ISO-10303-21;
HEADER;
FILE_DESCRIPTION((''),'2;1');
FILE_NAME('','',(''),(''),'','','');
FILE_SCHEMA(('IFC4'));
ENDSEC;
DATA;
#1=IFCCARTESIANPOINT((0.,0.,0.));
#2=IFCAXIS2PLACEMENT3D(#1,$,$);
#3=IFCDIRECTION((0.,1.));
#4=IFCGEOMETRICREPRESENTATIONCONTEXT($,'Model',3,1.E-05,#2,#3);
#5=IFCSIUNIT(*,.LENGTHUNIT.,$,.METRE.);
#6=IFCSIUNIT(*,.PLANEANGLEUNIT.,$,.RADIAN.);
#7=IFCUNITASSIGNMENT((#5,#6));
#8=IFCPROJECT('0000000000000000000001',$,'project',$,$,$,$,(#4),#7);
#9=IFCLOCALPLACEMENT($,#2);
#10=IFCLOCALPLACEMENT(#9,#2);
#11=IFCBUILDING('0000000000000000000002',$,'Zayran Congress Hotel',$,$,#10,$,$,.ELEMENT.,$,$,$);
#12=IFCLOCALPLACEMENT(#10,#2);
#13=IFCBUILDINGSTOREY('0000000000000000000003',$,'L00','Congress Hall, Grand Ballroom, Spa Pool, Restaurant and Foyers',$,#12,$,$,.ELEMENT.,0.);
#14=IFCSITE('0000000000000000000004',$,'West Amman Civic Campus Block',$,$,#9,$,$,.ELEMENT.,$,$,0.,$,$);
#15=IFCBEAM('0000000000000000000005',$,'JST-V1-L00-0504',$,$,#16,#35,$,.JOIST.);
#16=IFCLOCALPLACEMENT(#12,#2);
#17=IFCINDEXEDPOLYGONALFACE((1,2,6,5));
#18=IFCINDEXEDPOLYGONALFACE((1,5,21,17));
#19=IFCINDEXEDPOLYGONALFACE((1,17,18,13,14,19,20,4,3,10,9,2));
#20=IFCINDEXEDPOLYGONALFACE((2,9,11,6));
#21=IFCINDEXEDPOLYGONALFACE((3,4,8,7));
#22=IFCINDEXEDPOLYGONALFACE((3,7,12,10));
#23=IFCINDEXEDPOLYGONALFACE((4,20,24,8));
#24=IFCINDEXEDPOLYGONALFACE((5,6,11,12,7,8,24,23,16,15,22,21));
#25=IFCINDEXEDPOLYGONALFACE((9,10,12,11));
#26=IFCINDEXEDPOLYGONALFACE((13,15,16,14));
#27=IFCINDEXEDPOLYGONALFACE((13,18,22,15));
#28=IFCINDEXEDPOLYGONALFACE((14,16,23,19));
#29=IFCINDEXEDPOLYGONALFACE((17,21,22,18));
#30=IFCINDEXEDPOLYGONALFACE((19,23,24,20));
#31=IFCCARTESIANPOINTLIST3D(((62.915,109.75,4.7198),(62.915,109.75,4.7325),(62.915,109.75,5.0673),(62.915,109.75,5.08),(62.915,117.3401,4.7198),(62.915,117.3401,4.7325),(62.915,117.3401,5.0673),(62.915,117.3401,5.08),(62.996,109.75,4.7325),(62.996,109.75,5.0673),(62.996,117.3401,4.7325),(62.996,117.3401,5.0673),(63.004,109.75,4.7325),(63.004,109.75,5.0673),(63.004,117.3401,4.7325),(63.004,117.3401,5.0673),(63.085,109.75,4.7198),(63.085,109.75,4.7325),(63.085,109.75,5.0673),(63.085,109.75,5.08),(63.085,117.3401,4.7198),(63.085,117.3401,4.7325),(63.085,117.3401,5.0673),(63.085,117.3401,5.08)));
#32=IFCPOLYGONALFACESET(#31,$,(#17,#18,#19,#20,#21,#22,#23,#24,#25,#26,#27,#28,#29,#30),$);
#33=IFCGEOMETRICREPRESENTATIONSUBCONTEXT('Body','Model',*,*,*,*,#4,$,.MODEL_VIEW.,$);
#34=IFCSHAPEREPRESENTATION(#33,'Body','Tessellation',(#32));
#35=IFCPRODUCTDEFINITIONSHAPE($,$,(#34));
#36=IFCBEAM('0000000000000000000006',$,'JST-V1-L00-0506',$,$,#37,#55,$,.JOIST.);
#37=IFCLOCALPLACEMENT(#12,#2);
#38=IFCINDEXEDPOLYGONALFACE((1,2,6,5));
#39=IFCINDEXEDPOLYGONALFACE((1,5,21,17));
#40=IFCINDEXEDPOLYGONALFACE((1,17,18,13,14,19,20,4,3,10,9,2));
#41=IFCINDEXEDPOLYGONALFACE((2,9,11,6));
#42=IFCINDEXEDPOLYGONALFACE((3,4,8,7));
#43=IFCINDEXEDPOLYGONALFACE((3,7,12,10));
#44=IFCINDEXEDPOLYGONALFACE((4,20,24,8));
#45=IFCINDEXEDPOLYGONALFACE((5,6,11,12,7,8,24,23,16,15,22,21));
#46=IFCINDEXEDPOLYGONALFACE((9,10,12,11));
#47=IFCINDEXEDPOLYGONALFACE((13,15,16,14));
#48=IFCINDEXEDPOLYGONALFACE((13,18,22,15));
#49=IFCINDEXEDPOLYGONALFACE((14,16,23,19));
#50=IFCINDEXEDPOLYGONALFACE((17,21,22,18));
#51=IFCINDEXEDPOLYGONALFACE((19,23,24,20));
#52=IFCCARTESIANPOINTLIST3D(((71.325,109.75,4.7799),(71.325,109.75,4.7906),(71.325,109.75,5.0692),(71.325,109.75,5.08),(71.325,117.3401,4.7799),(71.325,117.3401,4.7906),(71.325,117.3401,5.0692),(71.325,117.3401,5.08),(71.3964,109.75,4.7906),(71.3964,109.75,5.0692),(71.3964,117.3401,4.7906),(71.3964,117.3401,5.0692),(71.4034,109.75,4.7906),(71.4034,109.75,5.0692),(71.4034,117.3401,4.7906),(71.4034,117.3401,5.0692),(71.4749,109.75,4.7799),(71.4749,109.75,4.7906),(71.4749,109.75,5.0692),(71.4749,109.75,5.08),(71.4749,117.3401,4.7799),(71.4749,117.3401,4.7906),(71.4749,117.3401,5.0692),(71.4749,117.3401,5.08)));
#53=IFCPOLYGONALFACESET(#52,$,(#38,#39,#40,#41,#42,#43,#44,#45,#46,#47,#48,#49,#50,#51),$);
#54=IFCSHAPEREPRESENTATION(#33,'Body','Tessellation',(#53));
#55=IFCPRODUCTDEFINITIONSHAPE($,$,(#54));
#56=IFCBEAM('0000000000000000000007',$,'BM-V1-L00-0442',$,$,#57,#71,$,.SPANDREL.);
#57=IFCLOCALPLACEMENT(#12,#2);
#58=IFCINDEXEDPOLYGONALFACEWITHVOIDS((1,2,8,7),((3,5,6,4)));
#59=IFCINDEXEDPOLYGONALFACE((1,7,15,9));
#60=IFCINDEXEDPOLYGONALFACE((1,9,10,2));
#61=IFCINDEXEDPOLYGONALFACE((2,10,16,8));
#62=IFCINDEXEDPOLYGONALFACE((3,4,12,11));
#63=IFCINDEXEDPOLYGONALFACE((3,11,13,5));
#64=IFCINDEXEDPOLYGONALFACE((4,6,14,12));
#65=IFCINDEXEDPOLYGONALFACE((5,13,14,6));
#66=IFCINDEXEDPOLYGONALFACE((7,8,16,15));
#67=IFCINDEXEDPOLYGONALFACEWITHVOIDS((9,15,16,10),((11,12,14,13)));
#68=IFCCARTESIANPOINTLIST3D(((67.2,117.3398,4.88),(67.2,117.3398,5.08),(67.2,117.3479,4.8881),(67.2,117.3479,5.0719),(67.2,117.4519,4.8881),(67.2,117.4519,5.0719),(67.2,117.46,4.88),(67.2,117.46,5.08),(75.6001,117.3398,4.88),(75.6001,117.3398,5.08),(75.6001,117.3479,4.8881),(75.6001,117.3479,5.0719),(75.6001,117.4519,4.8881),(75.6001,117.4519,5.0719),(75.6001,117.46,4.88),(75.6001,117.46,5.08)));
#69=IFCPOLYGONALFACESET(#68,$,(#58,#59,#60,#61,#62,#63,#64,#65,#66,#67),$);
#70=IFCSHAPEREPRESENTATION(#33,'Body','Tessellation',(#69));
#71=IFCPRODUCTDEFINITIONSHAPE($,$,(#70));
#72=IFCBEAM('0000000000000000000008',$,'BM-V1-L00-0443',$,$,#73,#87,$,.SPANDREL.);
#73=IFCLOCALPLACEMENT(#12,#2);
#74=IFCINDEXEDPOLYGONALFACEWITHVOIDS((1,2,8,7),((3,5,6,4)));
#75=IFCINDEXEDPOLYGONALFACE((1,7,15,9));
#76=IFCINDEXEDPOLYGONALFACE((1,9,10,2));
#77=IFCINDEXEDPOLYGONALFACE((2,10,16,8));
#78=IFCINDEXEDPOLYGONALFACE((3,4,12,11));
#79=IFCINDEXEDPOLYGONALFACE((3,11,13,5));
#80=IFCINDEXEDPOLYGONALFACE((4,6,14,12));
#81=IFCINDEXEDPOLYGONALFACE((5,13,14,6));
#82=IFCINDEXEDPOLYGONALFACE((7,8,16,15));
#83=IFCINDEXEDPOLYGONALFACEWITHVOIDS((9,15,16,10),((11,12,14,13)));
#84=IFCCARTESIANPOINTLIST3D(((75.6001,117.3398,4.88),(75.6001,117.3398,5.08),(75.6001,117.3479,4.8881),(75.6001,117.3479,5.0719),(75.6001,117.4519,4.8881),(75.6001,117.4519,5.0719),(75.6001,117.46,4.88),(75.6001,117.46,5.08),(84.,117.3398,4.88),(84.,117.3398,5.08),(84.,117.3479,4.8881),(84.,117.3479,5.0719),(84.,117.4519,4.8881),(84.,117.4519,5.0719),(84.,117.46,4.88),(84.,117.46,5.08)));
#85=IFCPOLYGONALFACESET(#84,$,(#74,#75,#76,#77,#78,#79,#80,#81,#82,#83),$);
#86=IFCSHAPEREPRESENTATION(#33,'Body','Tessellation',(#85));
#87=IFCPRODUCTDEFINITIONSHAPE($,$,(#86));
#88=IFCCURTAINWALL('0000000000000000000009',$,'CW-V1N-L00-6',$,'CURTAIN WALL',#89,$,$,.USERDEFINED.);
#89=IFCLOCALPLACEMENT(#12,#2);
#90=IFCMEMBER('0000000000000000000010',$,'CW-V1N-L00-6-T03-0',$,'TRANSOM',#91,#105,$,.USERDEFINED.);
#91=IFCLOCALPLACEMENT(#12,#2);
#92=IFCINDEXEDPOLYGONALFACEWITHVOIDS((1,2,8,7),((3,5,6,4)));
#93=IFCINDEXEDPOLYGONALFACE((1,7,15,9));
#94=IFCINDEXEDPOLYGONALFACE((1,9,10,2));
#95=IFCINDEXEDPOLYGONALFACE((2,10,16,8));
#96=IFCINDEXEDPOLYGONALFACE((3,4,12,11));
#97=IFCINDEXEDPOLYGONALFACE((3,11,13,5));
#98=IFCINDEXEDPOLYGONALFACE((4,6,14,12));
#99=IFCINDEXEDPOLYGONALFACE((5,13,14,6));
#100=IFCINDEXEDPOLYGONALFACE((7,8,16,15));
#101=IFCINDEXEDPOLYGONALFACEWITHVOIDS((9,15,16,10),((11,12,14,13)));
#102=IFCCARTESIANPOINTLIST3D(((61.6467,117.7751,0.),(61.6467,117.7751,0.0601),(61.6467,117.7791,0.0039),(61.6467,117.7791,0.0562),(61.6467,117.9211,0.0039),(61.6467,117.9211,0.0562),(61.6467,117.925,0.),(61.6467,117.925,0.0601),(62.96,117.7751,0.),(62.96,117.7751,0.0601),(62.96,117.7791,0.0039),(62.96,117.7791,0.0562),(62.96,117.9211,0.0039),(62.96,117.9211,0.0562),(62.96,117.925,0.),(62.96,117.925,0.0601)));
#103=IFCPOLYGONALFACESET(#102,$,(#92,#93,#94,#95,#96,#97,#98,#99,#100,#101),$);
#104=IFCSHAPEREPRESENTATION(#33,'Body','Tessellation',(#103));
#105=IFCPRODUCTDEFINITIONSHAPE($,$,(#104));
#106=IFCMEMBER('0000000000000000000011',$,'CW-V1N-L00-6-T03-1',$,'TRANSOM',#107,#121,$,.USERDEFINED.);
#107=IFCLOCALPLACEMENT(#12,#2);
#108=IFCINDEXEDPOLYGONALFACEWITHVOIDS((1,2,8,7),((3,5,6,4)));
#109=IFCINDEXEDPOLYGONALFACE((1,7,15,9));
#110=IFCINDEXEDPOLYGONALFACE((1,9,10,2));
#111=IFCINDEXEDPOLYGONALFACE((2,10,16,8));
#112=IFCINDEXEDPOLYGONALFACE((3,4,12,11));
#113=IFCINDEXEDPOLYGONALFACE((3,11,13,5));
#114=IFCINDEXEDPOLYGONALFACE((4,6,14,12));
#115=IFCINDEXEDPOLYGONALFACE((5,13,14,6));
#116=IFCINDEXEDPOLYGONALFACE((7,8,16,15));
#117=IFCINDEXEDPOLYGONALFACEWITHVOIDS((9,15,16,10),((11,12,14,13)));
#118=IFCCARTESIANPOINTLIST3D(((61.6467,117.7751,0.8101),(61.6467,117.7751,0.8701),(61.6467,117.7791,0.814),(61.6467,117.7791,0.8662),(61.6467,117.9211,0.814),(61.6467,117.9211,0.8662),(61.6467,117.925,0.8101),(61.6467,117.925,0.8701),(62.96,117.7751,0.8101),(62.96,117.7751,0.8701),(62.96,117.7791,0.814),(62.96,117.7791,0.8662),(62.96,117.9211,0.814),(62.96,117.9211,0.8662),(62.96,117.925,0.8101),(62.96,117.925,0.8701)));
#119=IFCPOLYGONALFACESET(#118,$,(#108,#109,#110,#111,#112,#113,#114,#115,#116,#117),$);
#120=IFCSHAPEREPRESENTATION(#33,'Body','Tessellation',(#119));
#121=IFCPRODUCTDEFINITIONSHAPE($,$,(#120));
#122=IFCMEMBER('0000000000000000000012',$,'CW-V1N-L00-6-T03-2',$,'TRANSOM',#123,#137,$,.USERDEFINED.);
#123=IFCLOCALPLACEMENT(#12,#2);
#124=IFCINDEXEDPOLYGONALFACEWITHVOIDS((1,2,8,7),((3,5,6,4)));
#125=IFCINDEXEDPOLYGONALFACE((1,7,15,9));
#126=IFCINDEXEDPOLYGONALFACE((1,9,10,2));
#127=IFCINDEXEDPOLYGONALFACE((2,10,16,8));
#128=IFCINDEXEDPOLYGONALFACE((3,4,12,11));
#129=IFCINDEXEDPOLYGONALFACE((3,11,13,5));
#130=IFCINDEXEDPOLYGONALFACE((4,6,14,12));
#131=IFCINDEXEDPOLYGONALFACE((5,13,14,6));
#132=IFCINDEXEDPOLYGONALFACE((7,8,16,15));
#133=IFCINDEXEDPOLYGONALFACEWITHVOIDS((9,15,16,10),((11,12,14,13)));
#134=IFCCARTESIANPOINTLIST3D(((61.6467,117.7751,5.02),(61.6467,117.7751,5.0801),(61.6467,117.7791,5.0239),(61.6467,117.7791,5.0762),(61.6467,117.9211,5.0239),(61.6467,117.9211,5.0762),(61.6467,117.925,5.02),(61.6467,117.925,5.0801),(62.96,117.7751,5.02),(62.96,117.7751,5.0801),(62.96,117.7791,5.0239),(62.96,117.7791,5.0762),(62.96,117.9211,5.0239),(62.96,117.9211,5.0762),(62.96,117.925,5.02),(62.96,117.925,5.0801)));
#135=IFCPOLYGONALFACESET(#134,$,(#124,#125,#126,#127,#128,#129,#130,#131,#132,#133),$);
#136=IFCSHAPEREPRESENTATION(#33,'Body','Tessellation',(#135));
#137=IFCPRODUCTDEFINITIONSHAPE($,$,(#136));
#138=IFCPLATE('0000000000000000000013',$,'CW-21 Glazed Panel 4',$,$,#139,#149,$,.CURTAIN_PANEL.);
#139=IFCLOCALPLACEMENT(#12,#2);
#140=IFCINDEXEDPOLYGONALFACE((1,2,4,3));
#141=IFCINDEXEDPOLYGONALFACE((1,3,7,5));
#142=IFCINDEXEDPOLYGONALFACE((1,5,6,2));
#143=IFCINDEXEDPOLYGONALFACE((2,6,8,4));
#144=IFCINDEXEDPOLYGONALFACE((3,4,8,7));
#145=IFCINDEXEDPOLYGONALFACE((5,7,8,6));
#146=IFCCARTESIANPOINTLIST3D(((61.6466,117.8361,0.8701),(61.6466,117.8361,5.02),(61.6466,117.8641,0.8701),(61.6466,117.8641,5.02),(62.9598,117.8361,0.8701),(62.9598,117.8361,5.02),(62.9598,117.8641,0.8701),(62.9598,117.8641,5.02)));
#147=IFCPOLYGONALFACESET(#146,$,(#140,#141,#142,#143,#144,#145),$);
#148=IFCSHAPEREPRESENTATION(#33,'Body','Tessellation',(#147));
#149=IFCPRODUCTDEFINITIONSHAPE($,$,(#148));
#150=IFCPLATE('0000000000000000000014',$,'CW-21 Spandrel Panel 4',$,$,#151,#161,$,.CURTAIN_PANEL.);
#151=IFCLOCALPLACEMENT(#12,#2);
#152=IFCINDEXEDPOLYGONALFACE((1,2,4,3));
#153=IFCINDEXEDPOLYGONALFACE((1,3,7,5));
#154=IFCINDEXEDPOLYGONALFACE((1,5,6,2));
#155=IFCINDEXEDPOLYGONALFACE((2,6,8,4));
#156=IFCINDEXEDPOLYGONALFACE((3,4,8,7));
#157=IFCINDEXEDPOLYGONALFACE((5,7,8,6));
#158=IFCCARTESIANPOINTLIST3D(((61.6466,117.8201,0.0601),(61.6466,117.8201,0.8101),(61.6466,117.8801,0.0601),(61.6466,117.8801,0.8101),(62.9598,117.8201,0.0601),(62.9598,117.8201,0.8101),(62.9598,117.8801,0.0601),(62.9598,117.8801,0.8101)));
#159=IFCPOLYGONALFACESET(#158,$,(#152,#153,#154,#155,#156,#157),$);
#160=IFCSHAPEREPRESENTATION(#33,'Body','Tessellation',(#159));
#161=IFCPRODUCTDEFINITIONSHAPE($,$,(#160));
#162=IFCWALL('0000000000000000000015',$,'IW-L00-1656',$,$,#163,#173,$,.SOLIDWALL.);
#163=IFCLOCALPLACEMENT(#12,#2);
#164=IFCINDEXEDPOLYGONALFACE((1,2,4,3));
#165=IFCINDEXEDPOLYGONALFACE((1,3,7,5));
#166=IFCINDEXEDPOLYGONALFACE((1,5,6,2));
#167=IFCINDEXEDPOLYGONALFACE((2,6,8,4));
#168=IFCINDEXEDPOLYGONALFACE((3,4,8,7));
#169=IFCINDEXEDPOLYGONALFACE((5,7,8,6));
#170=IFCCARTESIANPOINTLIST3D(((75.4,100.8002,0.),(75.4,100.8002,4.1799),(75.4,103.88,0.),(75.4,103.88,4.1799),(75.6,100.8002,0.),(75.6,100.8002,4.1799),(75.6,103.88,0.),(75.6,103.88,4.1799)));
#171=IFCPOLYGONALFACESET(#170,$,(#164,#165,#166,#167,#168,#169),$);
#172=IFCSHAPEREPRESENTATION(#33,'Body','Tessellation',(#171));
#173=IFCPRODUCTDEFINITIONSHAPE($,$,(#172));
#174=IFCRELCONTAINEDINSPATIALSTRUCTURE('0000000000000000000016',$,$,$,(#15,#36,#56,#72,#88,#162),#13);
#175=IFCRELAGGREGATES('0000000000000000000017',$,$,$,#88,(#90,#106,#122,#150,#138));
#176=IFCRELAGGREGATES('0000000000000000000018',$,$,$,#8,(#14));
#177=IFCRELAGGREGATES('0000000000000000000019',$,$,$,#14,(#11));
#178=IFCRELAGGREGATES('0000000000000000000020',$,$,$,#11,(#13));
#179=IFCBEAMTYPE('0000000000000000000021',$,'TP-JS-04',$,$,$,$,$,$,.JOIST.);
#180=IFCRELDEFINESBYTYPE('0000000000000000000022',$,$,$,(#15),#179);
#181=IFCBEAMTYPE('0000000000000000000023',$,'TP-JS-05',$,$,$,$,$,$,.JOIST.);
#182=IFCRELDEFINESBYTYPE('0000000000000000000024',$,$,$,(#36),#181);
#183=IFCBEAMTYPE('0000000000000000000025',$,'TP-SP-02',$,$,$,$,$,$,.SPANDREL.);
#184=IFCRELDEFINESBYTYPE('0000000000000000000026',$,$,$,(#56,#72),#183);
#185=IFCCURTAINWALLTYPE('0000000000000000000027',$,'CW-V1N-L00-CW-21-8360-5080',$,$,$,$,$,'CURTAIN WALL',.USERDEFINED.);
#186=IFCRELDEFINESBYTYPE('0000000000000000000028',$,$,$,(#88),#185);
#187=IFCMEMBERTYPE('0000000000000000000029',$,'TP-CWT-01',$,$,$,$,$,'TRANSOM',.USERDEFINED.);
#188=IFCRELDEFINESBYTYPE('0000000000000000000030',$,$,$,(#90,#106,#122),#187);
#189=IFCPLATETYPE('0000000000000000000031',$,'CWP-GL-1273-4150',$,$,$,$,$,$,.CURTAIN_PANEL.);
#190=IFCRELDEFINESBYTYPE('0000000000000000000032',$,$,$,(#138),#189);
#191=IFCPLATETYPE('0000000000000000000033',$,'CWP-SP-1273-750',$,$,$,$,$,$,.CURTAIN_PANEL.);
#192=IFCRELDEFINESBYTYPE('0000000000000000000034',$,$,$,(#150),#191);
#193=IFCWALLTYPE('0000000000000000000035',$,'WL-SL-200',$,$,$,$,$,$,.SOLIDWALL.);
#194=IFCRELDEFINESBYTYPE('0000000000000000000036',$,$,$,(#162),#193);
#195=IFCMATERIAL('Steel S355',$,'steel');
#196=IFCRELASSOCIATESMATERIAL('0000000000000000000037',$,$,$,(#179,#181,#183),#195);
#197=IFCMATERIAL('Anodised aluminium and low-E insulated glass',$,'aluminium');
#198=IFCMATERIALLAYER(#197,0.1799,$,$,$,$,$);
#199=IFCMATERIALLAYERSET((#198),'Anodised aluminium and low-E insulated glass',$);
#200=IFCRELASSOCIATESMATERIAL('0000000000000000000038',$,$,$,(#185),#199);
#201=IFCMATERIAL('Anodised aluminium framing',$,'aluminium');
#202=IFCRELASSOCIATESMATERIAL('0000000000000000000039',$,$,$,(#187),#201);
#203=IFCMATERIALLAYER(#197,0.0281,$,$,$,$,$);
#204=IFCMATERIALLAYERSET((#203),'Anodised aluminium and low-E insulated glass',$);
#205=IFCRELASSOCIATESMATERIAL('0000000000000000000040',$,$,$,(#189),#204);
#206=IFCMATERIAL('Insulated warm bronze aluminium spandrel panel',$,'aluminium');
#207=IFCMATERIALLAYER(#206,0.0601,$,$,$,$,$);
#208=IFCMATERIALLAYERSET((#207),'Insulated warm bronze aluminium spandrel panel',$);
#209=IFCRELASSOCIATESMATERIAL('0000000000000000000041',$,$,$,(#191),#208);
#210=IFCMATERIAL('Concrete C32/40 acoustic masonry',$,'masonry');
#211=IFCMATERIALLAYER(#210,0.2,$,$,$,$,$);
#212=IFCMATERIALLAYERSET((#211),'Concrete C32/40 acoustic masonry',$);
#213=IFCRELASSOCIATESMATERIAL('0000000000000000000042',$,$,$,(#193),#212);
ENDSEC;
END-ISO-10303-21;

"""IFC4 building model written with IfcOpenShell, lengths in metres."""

from ifc_helpers import new_model, si_unit, direction, frame, frame_2d, origin, origin_2d, place, context, subcontext, project, spatial, rectangle, hollow_rectangle, i_section, extrude, material, layer, layer_set, material_profile, profile_set, type_object, element, aggregate, save


model = new_model("IFC4")

# Units and contexts
model_context = context("Model", 3, precision=1e-05, world=origin(), true_north=direction((0.0, 1.0)))
body_context = subcontext(model_context, "Body", "Model", "MODEL_VIEW")
ifc_project = project(units=[si_unit("LENGTHUNIT", "METRE"), si_unit("PLANEANGLEUNIT", "RADIAN")], contexts=[model_context])

# Site, building, storey
site_placement = place(None, origin())
site = spatial("IfcSite", under=ifc_project, at=site_placement, Name="West Amman Civic Campus Block", CompositionType="ELEMENT", RefElevation=0.0)
building_placement = place(site_placement, origin())
building = spatial("IfcBuilding", under=site, at=building_placement, Name="Zayran Congress Hotel", CompositionType="ELEMENT")
storey_placement = place(building_placement, origin())
storey = spatial("IfcBuildingStorey", under=building, at=storey_placement, Name="L00", Description="Congress Hall, Grand Ballroom, Spa Pool, Restaurant and Foyers", CompositionType="ELEMENT", Elevation=0.0)

# Beams
ifc_material_1 = material(Name="Steel S355", Category="steel")
ifc_material_profile_1 = material_profile(ifc_material_1, i_section(OverallWidth=0.1699, OverallDepth=0.3601, WebThickness=0.0081, FlangeThickness=0.0127, at=origin_2d()), Name="IPE 360")
ifc_profile_set_1 = profile_set([ifc_material_profile_1], Name="Steel S355")
beam_type_1 = type_object("IfcBeamType", Name="TP-JS-04", PredefinedType="JOIST", material=ifc_profile_set_1)
beam_1_placement = place(storey_placement, frame((63.0, 109.75, 4.8999), z_axis=(0.0, 1.0, 0.0), x_axis=(-1.0, 0.0, 0.0)))
element("IfcBeam", 1, at=beam_1_placement, inside=storey, type_object=beam_type_1, Name="JST-V1-L00-0504", PredefinedType="JOIST", context=body_context, shape_type="SweptSolid", body=[
    extrude(i_section(OverallWidth=0.1699, OverallDepth=0.3601, WebThickness=0.0081, FlangeThickness=0.0127, at=origin_2d()), origin(), (0.0, 0.0, 1.0), 7.5901),
])
ifc_material_profile_2 = material_profile(ifc_material_1, i_section(OverallWidth=0.1499, OverallDepth=0.3, WebThickness=0.0071, FlangeThickness=0.0107, at=origin_2d()), Name="IPE 300")
ifc_profile_set_2 = profile_set([ifc_material_profile_2], Name="Steel S355")
beam_type_2 = type_object("IfcBeamType", Name="TP-JS-05", PredefinedType="JOIST", material=ifc_profile_set_2)
beam_2_placement = place(storey_placement, frame((71.3999, 109.75, 4.9299), z_axis=(0.0, 1.0, 0.0), x_axis=(-1.0, 0.0, 0.0)))
element("IfcBeam", 2, at=beam_2_placement, inside=storey, type_object=beam_type_2, Name="JST-V1-L00-0506", PredefinedType="JOIST", context=body_context, shape_type="SweptSolid", body=[
    extrude(i_section(OverallWidth=0.1499, OverallDepth=0.3, WebThickness=0.0071, FlangeThickness=0.0107, at=origin_2d()), origin(), (0.0, 0.0, 1.0), 7.5901),
])
ifc_material_profile_3 = material_profile(ifc_material_1, hollow_rectangle(XDim=0.1201, YDim=0.2, WallThickness=0.0081, at=origin_2d()), Name="RHS 200x120x8")
ifc_profile_set_3 = profile_set([ifc_material_profile_3], Name="Steel S355")
beam_type_3 = type_object("IfcBeamType", Name="TP-SP-02", PredefinedType="SPANDREL", material=ifc_profile_set_3)
beam_3_placement = place(storey_placement, frame((67.2, 117.3999, 4.98), z_axis=(1.0, 0.0, 0.0), x_axis=(0.0, 1.0, 0.0)))
element("IfcBeam", 3, at=beam_3_placement, inside=storey, type_object=beam_type_3, Name="BM-V1-L00-0442", PredefinedType="SPANDREL", context=body_context, shape_type="SweptSolid", body=[
    extrude(hollow_rectangle(XDim=0.1201, YDim=0.2, WallThickness=0.0081, at=origin_2d()), origin(), (0.0, 0.0, 1.0), 8.4001),
])
beam_4_placement = place(storey_placement, frame((75.6001, 117.3999, 4.98), z_axis=(1.0, 0.0, 0.0), x_axis=(0.0, 1.0, 0.0)))
element("IfcBeam", 4, at=beam_4_placement, inside=storey, type_object=beam_type_3, Name="BM-V1-L00-0443", PredefinedType="SPANDREL", context=body_context, shape_type="SweptSolid", body=[
    extrude(hollow_rectangle(XDim=0.1201, YDim=0.2, WallThickness=0.0081, at=origin_2d()), origin(), (0.0, 0.0, 1.0), 8.3999),
])

# Curtain wall, members, plates
ifc_material_2 = material(Name="Anodised aluminium and low-E insulated glass", Category="aluminium")
ifc_layer_1 = layer(ifc_material_2, 0.1799)
ifc_layer_set_1 = layer_set([ifc_layer_1], Name="Anodised aluminium and low-E insulated glass")
curtain_wall_type = type_object("IfcCurtainWallType", Name="CW-V1N-L00-CW-21-8360-5080", ElementType="CURTAIN WALL", PredefinedType="USERDEFINED", material=ifc_layer_set_1)
curtain_wall_placement = place(storey_placement, origin())
curtain_wall = element("IfcCurtainWall", 5, at=curtain_wall_placement, inside=storey, type_object=curtain_wall_type, Name="CW-V1N-L00-6", ObjectType="CURTAIN WALL", PredefinedType="USERDEFINED")
ifc_material_3 = material(Name="Anodised aluminium framing", Category="aluminium")
ifc_material_profile_4 = material_profile(ifc_material_3, hollow_rectangle(XDim=0.0601, YDim=0.1499, WallThickness=0.0039, at=origin_2d()), Name="RHS 150x60x4")
ifc_profile_set_4 = profile_set([ifc_material_profile_4], Name="Anodised aluminium framing")
member_type = type_object("IfcMemberType", Name="TP-CWT-01", ElementType="TRANSOM", PredefinedType="USERDEFINED", material=ifc_profile_set_4)
member_1_placement = place(storey_placement, frame((62.96, 117.8501, 0.03), z_axis=(-1.0, 0.0, 0.0), x_axis=(0.0, 0.0, 1.0)))
member_1 = element("IfcMember", 6, at=member_1_placement, type_object=member_type, Name="CW-V1N-L00-6-T03-0", ObjectType="TRANSOM", PredefinedType="USERDEFINED", context=body_context, shape_type="SweptSolid", body=[
    extrude(hollow_rectangle(XDim=0.0601, YDim=0.1499, WallThickness=0.0039, at=origin_2d()), origin(), (0.0, 0.0, 1.0), 1.3132),
])
member_2_placement = place(storey_placement, frame((62.96, 117.8501, 0.8401), z_axis=(-1.0, 0.0, 0.0), x_axis=(0.0, 0.0, 1.0)))
member_2 = element("IfcMember", 7, at=member_2_placement, type_object=member_type, Name="CW-V1N-L00-6-T03-1", ObjectType="TRANSOM", PredefinedType="USERDEFINED", context=body_context, shape_type="SweptSolid", body=[
    extrude(hollow_rectangle(XDim=0.0601, YDim=0.1499, WallThickness=0.0039, at=origin_2d()), origin(), (0.0, 0.0, 1.0), 1.3132),
])
member_3_placement = place(storey_placement, frame((62.96, 117.8501, 5.05), z_axis=(-1.0, 0.0, 0.0), x_axis=(0.0, 0.0, 1.0)))
member_3 = element("IfcMember", 8, at=member_3_placement, type_object=member_type, Name="CW-V1N-L00-6-T03-2", ObjectType="TRANSOM", PredefinedType="USERDEFINED", context=body_context, shape_type="SweptSolid", body=[
    extrude(hollow_rectangle(XDim=0.0601, YDim=0.1499, WallThickness=0.0039, at=origin_2d()), origin(), (0.0, 0.0, 1.0), 1.3132),
])
ifc_layer_2 = layer(ifc_material_2, 0.0281)
ifc_layer_set_2 = layer_set([ifc_layer_2], Name="Anodised aluminium and low-E insulated glass")
plate_type_1 = type_object("IfcPlateType", Name="CWP-GL-1273-4150", PredefinedType="CURTAIN_PANEL", material=ifc_layer_set_2)
plate_1_placement = place(storey_placement, frame((62.3032, 117.8501, 0.8701), z_axis=(0.0, 0.0, 1.0), x_axis=(1.0, 0.0, 0.0)))
plate_1 = element("IfcPlate", 9, at=plate_1_placement, type_object=plate_type_1, Name="CW-21 Glazed Panel 4", PredefinedType="CURTAIN_PANEL", context=body_context, shape_type="SweptSolid", body=[
    extrude(rectangle(XDim=1.3132, YDim=0.0281, at=origin_2d()), origin(), (0.0, 0.0, 1.0), 4.1499),
])
ifc_material_4 = material(Name="Insulated warm bronze aluminium spandrel panel", Category="aluminium")
ifc_layer_3 = layer(ifc_material_4, 0.0601)
ifc_layer_set_3 = layer_set([ifc_layer_3], Name="Insulated warm bronze aluminium spandrel panel")
plate_type_2 = type_object("IfcPlateType", Name="CWP-SP-1273-750", PredefinedType="CURTAIN_PANEL", material=ifc_layer_set_3)
plate_2_placement = place(storey_placement, frame((62.3032, 117.8501, 0.0601), z_axis=(0.0, 0.0, 1.0), x_axis=(1.0, 0.0, 0.0)))
plate_2 = element("IfcPlate", 10, at=plate_2_placement, type_object=plate_type_2, Name="CW-21 Spandrel Panel 4", PredefinedType="CURTAIN_PANEL", context=body_context, shape_type="SweptSolid", body=[
    extrude(rectangle(XDim=1.3132, YDim=0.0601, at=origin_2d()), origin(), (0.0, 0.0, 1.0), 0.75),
])
aggregate(curtain_wall, [member_1, member_2, member_3, plate_2, plate_1])

# Wall
ifc_material_5 = material(Name="Concrete C32/40 acoustic masonry", Category="masonry")
ifc_layer_4 = layer(ifc_material_5, 0.2)
ifc_layer_set_4 = layer_set([ifc_layer_4], Name="Concrete C32/40 acoustic masonry")
wall_type_1 = type_object("IfcWallType", Name="WL-SL-200", PredefinedType="SOLIDWALL", material=ifc_layer_set_4)
wall_1_placement = place(storey_placement, frame((75.5, 100.8, 0.0), z_axis=(0.0, 0.0, 1.0), x_axis=(0.0, 1.0, 0.0)))
element("IfcWall", 11, at=wall_1_placement, inside=storey, type_object=wall_type_1, Name="IW-L00-1656", PredefinedType="SOLIDWALL", context=body_context, shape_type="SweptSolid", body=[
    extrude(rectangle(XDim=3.0798, YDim=0.2, at=frame_2d((1.54, 0.0))), origin(), (0.0, 0.0, 1.0), 4.1799),
])

save(model, "model.ifc")
